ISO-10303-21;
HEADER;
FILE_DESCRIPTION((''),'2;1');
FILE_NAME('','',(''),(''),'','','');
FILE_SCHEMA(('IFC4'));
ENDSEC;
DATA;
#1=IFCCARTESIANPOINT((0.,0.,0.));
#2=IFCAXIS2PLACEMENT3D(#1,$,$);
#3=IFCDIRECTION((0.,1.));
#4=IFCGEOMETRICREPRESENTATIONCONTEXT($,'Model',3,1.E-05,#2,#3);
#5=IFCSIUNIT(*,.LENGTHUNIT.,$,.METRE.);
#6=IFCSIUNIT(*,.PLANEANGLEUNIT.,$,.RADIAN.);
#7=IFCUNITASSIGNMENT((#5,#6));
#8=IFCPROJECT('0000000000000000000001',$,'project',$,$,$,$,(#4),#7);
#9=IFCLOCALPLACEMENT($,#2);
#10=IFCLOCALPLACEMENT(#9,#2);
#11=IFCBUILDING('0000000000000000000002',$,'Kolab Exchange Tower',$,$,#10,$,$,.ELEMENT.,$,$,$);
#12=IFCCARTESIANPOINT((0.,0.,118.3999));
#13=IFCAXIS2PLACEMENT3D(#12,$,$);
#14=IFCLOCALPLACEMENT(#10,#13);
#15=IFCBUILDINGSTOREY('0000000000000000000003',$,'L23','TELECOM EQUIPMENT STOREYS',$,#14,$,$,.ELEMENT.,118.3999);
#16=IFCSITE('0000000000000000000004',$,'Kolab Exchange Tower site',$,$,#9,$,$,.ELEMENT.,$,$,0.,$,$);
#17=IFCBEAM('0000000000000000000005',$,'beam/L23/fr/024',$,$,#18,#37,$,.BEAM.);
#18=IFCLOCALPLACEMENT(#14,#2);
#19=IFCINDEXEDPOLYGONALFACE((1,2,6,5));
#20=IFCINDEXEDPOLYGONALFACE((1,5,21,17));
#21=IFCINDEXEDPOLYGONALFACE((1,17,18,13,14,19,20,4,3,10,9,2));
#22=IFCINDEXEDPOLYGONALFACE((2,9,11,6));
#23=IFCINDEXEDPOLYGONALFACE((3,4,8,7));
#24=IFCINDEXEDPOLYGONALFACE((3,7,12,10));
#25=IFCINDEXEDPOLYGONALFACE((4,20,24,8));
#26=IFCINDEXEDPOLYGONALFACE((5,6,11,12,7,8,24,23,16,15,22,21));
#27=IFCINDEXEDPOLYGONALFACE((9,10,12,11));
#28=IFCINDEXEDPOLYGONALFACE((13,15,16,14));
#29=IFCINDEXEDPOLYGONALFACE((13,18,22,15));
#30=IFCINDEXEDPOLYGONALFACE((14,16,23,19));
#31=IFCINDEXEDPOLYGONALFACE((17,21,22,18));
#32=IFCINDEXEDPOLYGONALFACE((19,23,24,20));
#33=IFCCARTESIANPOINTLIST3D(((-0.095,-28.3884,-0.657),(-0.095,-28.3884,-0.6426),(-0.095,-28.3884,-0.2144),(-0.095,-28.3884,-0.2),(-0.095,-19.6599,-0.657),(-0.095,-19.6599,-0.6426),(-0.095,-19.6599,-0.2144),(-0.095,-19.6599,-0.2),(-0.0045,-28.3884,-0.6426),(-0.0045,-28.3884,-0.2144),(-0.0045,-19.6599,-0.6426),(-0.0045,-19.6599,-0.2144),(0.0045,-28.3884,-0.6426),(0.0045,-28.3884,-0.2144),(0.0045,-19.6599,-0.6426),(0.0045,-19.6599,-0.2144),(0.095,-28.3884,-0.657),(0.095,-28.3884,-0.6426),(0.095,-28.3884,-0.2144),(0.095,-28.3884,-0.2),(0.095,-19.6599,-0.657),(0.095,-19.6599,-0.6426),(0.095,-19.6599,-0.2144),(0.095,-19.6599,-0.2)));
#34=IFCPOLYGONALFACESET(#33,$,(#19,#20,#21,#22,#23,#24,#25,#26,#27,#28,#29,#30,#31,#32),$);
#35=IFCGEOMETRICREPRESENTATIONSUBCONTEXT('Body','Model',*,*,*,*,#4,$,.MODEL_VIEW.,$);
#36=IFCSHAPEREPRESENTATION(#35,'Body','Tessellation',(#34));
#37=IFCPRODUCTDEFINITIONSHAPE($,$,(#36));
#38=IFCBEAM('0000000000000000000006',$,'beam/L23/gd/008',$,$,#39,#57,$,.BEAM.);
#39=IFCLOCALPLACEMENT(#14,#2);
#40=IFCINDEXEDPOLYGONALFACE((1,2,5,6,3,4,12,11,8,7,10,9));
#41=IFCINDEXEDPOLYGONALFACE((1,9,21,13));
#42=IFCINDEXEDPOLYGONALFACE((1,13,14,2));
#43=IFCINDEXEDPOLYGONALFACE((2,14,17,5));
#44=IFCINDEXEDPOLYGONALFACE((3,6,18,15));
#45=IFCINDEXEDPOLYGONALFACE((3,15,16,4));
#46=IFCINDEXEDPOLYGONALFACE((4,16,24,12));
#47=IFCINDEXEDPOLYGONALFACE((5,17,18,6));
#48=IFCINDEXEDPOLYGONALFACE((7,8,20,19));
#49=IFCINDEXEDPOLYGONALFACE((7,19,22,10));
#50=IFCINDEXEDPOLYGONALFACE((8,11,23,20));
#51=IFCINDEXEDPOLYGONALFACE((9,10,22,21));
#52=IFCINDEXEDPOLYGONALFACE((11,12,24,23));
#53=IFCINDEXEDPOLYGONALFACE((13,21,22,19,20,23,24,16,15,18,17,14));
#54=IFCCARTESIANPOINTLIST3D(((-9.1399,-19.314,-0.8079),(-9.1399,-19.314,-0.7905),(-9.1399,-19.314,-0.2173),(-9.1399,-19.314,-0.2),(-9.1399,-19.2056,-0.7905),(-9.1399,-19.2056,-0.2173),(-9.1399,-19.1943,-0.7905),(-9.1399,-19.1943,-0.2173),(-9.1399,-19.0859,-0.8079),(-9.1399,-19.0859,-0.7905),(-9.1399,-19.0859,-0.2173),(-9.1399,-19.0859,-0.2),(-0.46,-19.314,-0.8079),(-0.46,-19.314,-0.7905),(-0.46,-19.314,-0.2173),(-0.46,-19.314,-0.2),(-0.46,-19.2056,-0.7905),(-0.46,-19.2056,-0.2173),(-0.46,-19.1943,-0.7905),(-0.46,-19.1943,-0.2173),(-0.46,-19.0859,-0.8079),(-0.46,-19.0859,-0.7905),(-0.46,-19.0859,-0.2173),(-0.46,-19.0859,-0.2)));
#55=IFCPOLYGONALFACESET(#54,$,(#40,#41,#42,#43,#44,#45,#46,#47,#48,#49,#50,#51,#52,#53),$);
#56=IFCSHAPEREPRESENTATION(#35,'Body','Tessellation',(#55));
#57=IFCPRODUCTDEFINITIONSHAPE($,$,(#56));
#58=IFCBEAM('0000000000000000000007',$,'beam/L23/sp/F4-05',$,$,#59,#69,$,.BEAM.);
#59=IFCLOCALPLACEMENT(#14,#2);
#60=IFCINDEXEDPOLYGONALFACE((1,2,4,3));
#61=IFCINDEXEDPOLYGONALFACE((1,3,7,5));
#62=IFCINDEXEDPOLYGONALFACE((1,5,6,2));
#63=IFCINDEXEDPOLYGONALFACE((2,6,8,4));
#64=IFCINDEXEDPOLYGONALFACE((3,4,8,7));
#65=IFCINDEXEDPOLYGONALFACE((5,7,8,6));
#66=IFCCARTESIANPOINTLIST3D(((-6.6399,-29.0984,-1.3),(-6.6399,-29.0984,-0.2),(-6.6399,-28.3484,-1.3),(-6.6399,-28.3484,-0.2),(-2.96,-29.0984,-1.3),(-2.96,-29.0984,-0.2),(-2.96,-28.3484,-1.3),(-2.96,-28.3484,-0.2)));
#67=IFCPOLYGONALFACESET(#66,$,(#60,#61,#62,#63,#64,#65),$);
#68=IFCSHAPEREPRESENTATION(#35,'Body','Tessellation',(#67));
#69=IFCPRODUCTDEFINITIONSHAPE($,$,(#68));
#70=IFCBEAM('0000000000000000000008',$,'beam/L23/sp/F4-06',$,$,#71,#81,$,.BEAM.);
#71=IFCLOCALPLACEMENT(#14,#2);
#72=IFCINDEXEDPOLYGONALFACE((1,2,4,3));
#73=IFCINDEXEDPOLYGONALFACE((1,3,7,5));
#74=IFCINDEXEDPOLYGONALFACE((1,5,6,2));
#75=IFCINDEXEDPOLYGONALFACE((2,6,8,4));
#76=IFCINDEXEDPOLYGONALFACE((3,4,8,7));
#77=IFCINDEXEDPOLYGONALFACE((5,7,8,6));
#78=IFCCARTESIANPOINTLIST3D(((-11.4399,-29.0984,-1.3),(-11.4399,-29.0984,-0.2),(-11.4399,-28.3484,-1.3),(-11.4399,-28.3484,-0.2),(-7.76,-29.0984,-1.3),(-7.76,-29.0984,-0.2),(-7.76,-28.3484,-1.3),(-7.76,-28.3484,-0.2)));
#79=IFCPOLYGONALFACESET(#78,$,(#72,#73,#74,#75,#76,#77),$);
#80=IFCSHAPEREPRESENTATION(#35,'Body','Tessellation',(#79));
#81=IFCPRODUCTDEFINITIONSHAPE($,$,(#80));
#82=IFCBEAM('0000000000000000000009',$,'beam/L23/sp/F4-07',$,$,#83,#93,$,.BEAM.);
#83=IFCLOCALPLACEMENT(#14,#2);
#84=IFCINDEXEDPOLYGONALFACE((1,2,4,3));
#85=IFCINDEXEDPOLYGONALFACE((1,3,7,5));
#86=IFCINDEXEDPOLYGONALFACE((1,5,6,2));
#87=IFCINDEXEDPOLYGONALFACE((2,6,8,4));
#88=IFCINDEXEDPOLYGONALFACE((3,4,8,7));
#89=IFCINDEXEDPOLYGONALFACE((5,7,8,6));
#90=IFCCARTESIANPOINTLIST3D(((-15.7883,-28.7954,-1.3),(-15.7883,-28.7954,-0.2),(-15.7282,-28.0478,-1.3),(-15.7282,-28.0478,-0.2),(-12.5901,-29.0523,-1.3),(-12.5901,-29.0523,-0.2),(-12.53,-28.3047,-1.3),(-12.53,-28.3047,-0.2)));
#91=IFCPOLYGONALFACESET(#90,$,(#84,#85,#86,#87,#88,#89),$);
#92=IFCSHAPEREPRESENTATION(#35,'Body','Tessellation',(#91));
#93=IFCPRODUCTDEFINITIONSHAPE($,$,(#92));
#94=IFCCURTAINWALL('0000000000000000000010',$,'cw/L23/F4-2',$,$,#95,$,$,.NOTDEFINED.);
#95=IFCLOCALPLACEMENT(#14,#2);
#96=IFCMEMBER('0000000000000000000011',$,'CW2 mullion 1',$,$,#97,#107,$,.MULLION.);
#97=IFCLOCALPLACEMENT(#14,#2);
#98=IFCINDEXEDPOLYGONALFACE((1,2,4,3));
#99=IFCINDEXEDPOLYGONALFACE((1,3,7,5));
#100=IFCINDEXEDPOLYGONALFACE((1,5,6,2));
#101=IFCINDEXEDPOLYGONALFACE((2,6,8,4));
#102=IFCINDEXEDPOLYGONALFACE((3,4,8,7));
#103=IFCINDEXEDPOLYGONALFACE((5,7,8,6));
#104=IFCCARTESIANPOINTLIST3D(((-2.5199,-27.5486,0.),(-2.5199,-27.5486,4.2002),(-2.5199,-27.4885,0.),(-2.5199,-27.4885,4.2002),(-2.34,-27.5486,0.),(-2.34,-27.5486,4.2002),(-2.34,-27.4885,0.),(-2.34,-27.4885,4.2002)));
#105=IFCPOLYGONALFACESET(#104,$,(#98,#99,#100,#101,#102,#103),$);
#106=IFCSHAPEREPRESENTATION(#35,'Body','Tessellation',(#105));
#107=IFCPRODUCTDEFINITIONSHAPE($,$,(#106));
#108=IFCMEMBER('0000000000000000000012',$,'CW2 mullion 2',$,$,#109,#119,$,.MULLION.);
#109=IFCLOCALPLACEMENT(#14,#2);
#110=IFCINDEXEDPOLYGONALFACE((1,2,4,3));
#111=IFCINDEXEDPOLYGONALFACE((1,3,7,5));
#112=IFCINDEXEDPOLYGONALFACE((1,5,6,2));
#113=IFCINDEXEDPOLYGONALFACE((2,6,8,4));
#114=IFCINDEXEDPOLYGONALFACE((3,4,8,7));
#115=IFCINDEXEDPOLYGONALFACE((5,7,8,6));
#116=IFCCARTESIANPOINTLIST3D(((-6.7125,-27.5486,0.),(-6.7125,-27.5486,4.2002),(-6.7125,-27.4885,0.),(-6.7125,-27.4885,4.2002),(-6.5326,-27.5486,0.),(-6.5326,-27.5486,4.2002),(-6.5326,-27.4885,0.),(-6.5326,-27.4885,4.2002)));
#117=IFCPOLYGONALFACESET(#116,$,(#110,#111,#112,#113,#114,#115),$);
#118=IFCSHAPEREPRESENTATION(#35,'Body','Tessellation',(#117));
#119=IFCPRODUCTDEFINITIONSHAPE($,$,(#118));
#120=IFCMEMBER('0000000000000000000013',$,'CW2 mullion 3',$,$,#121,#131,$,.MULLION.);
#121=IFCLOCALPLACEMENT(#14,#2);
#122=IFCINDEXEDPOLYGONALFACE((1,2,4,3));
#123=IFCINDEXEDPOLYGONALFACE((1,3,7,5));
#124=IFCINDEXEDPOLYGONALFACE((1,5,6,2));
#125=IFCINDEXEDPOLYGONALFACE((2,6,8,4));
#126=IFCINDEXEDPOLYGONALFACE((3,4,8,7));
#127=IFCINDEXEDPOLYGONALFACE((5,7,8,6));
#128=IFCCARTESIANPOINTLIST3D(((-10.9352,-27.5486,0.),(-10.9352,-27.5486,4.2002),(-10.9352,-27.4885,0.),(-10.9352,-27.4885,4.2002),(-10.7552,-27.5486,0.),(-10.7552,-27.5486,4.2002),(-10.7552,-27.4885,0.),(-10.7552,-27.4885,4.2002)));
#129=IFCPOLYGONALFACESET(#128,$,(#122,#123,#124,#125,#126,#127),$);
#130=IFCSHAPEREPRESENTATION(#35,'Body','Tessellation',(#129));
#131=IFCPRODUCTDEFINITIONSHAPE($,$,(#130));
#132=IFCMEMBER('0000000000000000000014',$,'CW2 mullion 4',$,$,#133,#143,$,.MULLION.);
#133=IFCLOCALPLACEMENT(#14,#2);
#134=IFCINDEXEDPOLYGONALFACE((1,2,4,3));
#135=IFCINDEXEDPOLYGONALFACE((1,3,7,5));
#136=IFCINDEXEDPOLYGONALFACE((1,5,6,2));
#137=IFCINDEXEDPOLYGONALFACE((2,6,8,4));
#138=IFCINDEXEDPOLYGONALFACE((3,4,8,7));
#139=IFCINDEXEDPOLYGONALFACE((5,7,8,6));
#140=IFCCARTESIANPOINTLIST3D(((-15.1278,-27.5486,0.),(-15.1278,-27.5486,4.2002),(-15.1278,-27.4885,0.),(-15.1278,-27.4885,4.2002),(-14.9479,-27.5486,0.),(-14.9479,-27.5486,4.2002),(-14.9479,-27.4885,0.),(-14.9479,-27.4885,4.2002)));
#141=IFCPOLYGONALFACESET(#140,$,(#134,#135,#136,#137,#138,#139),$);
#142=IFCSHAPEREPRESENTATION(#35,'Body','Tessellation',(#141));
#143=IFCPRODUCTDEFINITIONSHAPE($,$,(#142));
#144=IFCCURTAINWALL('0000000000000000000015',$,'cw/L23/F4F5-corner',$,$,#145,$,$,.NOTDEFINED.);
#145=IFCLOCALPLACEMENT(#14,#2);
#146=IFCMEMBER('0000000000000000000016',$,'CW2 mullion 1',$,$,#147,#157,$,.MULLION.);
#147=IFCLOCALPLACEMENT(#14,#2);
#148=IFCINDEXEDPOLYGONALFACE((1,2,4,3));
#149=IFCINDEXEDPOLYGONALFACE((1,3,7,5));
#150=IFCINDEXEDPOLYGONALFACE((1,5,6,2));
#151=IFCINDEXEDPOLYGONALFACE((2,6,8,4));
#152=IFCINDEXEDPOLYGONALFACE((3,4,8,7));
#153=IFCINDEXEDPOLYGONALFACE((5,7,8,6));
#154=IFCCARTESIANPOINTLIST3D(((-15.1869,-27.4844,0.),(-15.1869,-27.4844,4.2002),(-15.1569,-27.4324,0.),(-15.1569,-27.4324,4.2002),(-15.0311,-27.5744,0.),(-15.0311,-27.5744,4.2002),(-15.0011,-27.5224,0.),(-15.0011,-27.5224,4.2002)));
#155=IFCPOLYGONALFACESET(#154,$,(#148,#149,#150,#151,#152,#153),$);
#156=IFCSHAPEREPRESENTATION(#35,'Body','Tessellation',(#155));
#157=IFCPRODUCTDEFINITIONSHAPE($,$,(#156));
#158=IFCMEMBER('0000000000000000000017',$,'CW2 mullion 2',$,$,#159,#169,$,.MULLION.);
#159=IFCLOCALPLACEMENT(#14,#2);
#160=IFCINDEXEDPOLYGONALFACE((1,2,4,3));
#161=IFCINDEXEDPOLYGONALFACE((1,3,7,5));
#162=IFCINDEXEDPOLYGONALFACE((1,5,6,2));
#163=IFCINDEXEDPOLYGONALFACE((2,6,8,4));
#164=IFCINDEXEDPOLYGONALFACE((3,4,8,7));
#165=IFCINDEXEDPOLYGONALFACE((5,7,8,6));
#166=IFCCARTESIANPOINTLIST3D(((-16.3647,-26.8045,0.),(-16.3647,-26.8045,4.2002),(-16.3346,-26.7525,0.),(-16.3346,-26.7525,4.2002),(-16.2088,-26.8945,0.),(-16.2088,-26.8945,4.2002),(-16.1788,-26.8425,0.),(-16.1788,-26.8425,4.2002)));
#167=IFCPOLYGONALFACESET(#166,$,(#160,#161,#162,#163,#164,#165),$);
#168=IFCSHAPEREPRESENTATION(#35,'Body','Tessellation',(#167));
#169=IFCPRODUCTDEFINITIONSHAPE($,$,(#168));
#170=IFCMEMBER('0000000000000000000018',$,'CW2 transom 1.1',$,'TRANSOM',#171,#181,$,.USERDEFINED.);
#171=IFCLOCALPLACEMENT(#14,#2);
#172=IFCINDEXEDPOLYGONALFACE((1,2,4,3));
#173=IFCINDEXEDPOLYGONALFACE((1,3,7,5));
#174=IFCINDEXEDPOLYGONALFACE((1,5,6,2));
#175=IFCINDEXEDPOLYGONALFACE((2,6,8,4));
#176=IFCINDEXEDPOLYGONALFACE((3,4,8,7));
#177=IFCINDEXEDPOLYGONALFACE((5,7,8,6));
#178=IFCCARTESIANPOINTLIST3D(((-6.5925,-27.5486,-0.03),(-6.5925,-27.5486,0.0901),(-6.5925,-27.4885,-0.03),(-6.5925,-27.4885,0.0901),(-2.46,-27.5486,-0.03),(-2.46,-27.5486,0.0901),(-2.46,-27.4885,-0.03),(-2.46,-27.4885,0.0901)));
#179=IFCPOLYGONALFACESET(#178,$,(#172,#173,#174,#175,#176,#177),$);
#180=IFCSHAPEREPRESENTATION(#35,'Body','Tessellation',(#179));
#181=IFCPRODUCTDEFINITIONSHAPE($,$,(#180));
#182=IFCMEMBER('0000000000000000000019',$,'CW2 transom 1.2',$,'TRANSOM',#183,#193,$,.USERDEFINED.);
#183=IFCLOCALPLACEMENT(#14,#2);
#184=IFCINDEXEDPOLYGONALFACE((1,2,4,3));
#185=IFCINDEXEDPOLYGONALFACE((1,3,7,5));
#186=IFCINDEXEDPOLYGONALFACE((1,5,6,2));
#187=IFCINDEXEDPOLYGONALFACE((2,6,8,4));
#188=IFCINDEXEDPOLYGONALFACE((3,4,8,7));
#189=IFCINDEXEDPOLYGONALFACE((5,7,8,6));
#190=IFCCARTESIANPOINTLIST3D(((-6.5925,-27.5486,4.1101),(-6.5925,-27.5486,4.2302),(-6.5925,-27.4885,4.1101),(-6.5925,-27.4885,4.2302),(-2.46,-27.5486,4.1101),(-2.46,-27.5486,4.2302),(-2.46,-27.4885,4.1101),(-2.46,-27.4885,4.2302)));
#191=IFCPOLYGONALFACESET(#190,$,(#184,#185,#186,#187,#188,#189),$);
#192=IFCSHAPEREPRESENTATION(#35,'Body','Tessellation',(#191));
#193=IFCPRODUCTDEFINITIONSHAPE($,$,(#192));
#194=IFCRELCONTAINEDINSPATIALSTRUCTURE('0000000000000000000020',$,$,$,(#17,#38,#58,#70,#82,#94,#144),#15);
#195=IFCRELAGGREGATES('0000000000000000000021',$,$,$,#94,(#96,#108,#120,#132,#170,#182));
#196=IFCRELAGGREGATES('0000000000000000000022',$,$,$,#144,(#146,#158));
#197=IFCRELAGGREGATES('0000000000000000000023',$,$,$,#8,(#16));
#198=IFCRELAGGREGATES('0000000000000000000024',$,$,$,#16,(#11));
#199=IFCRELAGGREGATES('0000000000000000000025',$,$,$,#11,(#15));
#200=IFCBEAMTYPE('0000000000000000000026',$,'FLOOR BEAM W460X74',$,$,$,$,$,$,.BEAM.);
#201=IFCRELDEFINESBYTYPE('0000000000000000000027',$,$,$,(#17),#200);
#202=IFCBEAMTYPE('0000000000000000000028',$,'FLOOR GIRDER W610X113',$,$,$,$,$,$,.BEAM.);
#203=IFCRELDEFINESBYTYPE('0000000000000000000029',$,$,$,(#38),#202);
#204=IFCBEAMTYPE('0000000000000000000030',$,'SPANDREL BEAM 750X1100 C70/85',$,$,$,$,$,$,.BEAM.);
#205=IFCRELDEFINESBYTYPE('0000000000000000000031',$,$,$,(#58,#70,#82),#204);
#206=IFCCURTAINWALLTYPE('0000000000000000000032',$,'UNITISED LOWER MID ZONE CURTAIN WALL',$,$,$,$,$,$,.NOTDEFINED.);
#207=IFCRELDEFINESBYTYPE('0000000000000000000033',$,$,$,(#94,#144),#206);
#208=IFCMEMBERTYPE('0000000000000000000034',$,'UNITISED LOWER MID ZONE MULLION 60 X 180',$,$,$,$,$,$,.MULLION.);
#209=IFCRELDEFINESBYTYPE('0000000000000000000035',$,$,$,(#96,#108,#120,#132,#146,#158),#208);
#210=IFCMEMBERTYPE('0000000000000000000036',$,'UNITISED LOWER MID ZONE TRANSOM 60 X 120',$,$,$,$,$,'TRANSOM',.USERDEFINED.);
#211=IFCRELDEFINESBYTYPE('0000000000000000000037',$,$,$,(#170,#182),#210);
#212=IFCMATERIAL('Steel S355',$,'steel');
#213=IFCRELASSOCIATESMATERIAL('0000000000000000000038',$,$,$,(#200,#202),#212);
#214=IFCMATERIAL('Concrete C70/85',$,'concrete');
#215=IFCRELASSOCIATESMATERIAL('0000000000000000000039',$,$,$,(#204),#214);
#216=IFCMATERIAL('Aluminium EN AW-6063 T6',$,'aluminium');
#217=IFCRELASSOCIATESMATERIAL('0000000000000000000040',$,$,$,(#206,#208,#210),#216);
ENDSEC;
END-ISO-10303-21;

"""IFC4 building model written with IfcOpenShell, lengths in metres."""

from ifc_helpers import new_model, si_unit, direction, frame, origin, origin_2d, place, context, subcontext, project, spatial, rectangle, i_section, extrude, material, material_profile, profile_set, type_object, element, aggregate, save


model = new_model("IFC4")

# Units and contexts
model_context = context("Model", 3, precision=1e-05, world=origin(), true_north=direction((0.0, 1.0)))
body_context = subcontext(model_context, "Body", "Model", "MODEL_VIEW")
ifc_project = project(units=[si_unit("LENGTHUNIT", "METRE"), si_unit("PLANEANGLEUNIT", "RADIAN")], contexts=[model_context])

# Site, building, storey
site_placement = place(None, origin())
site = spatial("IfcSite", under=ifc_project, at=site_placement, Name="Kolab Exchange Tower site", CompositionType="ELEMENT", RefElevation=0.0)
building_placement = place(site_placement, origin())
building = spatial("IfcBuilding", under=site, at=building_placement, Name="Kolab Exchange Tower", CompositionType="ELEMENT")
storey_placement = place(building_placement, frame((0.0, 0.0, 118.3999)))
storey = spatial("IfcBuildingStorey", under=building, at=storey_placement, Name="L23", Description="TELECOM EQUIPMENT STOREYS", CompositionType="ELEMENT", Elevation=118.3999)

# Shared definitions
ifc_material_1 = material(Name="Concrete C70/85", Category="concrete")

# Beams
ifc_material_2 = material(Name="Steel S355", Category="steel")
ifc_material_profile_1 = material_profile(ifc_material_2, i_section(OverallWidth=0.1899, OverallDepth=0.457, WebThickness=0.009, FlangeThickness=0.0144, at=origin_2d()), Name="W460X74")
ifc_profile_set_1 = profile_set([ifc_material_profile_1], Name="Steel S355")
beam_type_1 = type_object("IfcBeamType", Name="FLOOR BEAM W460X74", PredefinedType="BEAM", material=ifc_profile_set_1)
beam_1_placement = place(storey_placement, frame((0.0, -28.3884, -0.4285), z_axis=(0.0, 1.0, 0.0), x_axis=(-1.0, 0.0, 0.0)))
element("IfcBeam", 1, at=beam_1_placement, inside=storey, type_object=beam_type_1, Name="beam/L23/fr/024", PredefinedType="BEAM", context=body_context, shape_type="SweptSolid", body=[
    extrude(i_section(OverallWidth=0.1899, OverallDepth=0.457, WebThickness=0.009, FlangeThickness=0.0144, at=origin_2d()), origin(), (0.0, 0.0, 1.0), 8.7285),
])
ifc_material_profile_2 = material_profile(ifc_material_2, i_section(OverallWidth=0.228, OverallDepth=0.6079, WebThickness=0.0112, FlangeThickness=0.0173, at=origin_2d()), Name="W610X113")
ifc_profile_set_2 = profile_set([ifc_material_profile_2], Name="Steel S355")
beam_type_2 = type_object("IfcBeamType", Name="FLOOR GIRDER W610X113", PredefinedType="BEAM", material=ifc_profile_set_2)
beam_2_placement = place(storey_placement, frame((-9.1399, -19.2, -0.5039), z_axis=(1.0, 0.0, 0.0), x_axis=(0.0, 1.0, 0.0)))
element("IfcBeam", 2, at=beam_2_placement, inside=storey, type_object=beam_type_2, Name="beam/L23/gd/008", PredefinedType="BEAM", context=body_context, shape_type="SweptSolid", body=[
    extrude(i_section(OverallWidth=0.228, OverallDepth=0.6079, WebThickness=0.0112, FlangeThickness=0.0173, at=origin_2d()), origin(), (0.0, 0.0, 1.0), 8.6799),
])
ifc_material_profile_3 = material_profile(ifc_material_1, rectangle(XDim=0.75, YDim=1.1001, at=origin_2d()), Name="RC750X1100")
ifc_profile_set_3 = profile_set([ifc_material_profile_3], Name="Concrete C70/85")
beam_type_3 = type_object("IfcBeamType", Name="SPANDREL BEAM 750X1100 C70/85", PredefinedType="BEAM", material=ifc_profile_set_3)
for number, where, z_axis, x_axis, name in (
    (3, (-2.96, -28.7234, -0.75), (-1.0, 0.0, 0.0), (0.0, -1.0, 0.0), "beam/L23/sp/F4-05"),
    (4, (-7.76, -28.7234, -0.75), (-1.0, 0.0, 0.0), (0.0, -1.0, 0.0), "beam/L23/sp/F4-06"),
):
    element("IfcBeam", number, at=place(storey_placement, frame(where, z_axis=z_axis, x_axis=x_axis)), inside=storey, type_object=beam_type_3, Name=name, PredefinedType="BEAM", context=body_context, shape_type="SweptSolid", body=[
        extrude(rectangle(XDim=0.75, YDim=1.1001, at=origin_2d()), origin(), (0.0, 0.0, 1.0), 3.6799),
    ])
beam_3_placement = place(storey_placement, frame((-12.5601, -28.6785, -0.75), z_axis=(-0.996791, 0.080048, 0.0), x_axis=(-0.080048, -0.996791, 0.0)))
element("IfcBeam", 5, at=beam_3_placement, inside=storey, type_object=beam_type_3, Name="beam/L23/sp/F4-07", PredefinedType="BEAM", context=body_context, shape_type="SweptSolid", body=[
    extrude(rectangle(XDim=0.75, YDim=1.1001, at=origin_2d()), origin(), (0.0, 0.0, 1.0), 3.2085),
])

# Curtain walls, members
ifc_material_3 = material(Name="Aluminium EN AW-6063 T6", Category="aluminium")
curtain_wall_type = type_object("IfcCurtainWallType", Name="UNITISED LOWER MID ZONE CURTAIN WALL", PredefinedType="NOTDEFINED", material=ifc_material_3)
curtain_wall_1_placement = place(storey_placement, origin())
curtain_wall_1 = element("IfcCurtainWall", 6, at=curtain_wall_1_placement, inside=storey, type_object=curtain_wall_type, Name="cw/L23/F4-2", PredefinedType="NOTDEFINED")
ifc_material_profile_4 = material_profile(ifc_material_3, rectangle(XDim=0.0601, YDim=0.1799, at=origin_2d()), Name="RECT 60X180")
ifc_profile_set_4 = profile_set([ifc_material_profile_4], Name="Aluminium EN AW-6063 T6")
member_type_1 = type_object("IfcMemberType", Name="UNITISED LOWER MID ZONE MULLION 60 X 180", PredefinedType="MULLION", material=ifc_profile_set_4)
member_1_placement = place(storey_placement, frame((-2.4299, -27.5186, 0.0), z_axis=(0.0, 0.0, 1.0), x_axis=(0.0, -1.0, 0.0)))
member_1 = element("IfcMember", 7, at=member_1_placement, type_object=member_type_1, Name="CW2 mullion 1", PredefinedType="MULLION", context=body_context, shape_type="SweptSolid", body=[
    extrude(rectangle(XDim=0.0601, YDim=0.1799, at=origin_2d()), origin(), (0.0, 0.0, 1.0), 4.2002),
])
member_2_placement = place(storey_placement, frame((-6.6226, -27.5186, 0.0), z_axis=(0.0, 0.0, 1.0), x_axis=(0.0, -1.0, 0.0)))
member_2 = element("IfcMember", 8, at=member_2_placement, type_object=member_type_1, Name="CW2 mullion 2", PredefinedType="MULLION", context=body_context, shape_type="SweptSolid", body=[
    extrude(rectangle(XDim=0.0601, YDim=0.1799, at=origin_2d()), origin(), (0.0, 0.0, 1.0), 4.2002),
])
member_3_placement = place(storey_placement, frame((-10.8452, -27.5186, 0.0), z_axis=(0.0, 0.0, 1.0), x_axis=(0.0, -1.0, 0.0)))
member_3 = element("IfcMember", 9, at=member_3_placement, type_object=member_type_1, Name="CW2 mullion 3", PredefinedType="MULLION", context=body_context, shape_type="SweptSolid", body=[
    extrude(rectangle(XDim=0.0601, YDim=0.1799, at=origin_2d()), origin(), (0.0, 0.0, 1.0), 4.2002),
])
member_4_placement = place(storey_placement, frame((-15.0378, -27.5186, 0.0), z_axis=(0.0, 0.0, 1.0), x_axis=(0.0, -1.0, 0.0)))
member_4 = element("IfcMember", 10, at=member_4_placement, type_object=member_type_1, Name="CW2 mullion 4", PredefinedType="MULLION", context=body_context, shape_type="SweptSolid", body=[
    extrude(rectangle(XDim=0.0601, YDim=0.1799, at=origin_2d()), origin(), (0.0, 0.0, 1.0), 4.2002),
])
curtain_wall_2_placement = place(storey_placement, origin())
curtain_wall_2 = element("IfcCurtainWall", 11, at=curtain_wall_2_placement, inside=storey, type_object=curtain_wall_type, Name="cw/L23/F4F5-corner", PredefinedType="NOTDEFINED")
member_5_placement = place(storey_placement, frame((-15.094, -27.5034, 0.0), z_axis=(0.0, 0.0, 1.0), x_axis=(-0.5, -0.866025, 0.0)))
member_5 = element("IfcMember", 12, at=member_5_placement, type_object=member_type_1, Name="CW2 mullion 1", PredefinedType="MULLION", context=body_context, shape_type="SweptSolid", body=[
    extrude(rectangle(XDim=0.0601, YDim=0.1799, at=origin_2d()), origin(), (0.0, 0.0, 1.0), 4.2002),
])
member_6_placement = place(storey_placement, frame((-16.2717, -26.8235, 0.0), z_axis=(0.0, 0.0, 1.0), x_axis=(-0.5, -0.866025, 0.0)))
member_6 = element("IfcMember", 13, at=member_6_placement, type_object=member_type_1, Name="CW2 mullion 2", PredefinedType="MULLION", context=body_context, shape_type="SweptSolid", body=[
    extrude(rectangle(XDim=0.0601, YDim=0.1799, at=origin_2d()), origin(), (0.0, 0.0, 1.0), 4.2002),
])

# Members
ifc_material_profile_5 = material_profile(ifc_material_3, rectangle(XDim=0.0601, YDim=0.1201, at=origin_2d()), Name="RECT 60X120")
ifc_profile_set_5 = profile_set([ifc_material_profile_5], Name="Aluminium EN AW-6063 T6")
member_type_2 = type_object("IfcMemberType", Name="UNITISED LOWER MID ZONE TRANSOM 60 X 120", ElementType="TRANSOM", PredefinedType="USERDEFINED", material=ifc_profile_set_5)
member_7_placement = place(storey_placement, frame((-2.46, -27.5186, 0.03), z_axis=(-1.0, 0.0, 0.0), x_axis=(0.0, -1.0, 0.0)))
member_7 = element("IfcMember", 14, at=member_7_placement, type_object=member_type_2, Name="CW2 transom 1.1", ObjectType="TRANSOM", PredefinedType="USERDEFINED", context=body_context, shape_type="SweptSolid", body=[
    extrude(rectangle(XDim=0.0601, YDim=0.1201, at=origin_2d()), origin(), (0.0, 0.0, 1.0), 4.1326),
])
member_8_placement = place(storey_placement, frame((-2.46, -27.5186, 4.1702), z_axis=(-1.0, 0.0, 0.0), x_axis=(0.0, -1.0, 0.0)))
member_8 = element("IfcMember", 15, at=member_8_placement, type_object=member_type_2, Name="CW2 transom 1.2", ObjectType="TRANSOM", PredefinedType="USERDEFINED", context=body_context, shape_type="SweptSolid", body=[
    extrude(rectangle(XDim=0.0601, YDim=0.1201, at=origin_2d()), origin(), (0.0, 0.0, 1.0), 4.1326),
])

aggregate(curtain_wall_1, [member_1, member_2, member_3, member_4, member_7, member_8])
aggregate(curtain_wall_2, [member_5, member_6])

save(model, "model.ifc")
